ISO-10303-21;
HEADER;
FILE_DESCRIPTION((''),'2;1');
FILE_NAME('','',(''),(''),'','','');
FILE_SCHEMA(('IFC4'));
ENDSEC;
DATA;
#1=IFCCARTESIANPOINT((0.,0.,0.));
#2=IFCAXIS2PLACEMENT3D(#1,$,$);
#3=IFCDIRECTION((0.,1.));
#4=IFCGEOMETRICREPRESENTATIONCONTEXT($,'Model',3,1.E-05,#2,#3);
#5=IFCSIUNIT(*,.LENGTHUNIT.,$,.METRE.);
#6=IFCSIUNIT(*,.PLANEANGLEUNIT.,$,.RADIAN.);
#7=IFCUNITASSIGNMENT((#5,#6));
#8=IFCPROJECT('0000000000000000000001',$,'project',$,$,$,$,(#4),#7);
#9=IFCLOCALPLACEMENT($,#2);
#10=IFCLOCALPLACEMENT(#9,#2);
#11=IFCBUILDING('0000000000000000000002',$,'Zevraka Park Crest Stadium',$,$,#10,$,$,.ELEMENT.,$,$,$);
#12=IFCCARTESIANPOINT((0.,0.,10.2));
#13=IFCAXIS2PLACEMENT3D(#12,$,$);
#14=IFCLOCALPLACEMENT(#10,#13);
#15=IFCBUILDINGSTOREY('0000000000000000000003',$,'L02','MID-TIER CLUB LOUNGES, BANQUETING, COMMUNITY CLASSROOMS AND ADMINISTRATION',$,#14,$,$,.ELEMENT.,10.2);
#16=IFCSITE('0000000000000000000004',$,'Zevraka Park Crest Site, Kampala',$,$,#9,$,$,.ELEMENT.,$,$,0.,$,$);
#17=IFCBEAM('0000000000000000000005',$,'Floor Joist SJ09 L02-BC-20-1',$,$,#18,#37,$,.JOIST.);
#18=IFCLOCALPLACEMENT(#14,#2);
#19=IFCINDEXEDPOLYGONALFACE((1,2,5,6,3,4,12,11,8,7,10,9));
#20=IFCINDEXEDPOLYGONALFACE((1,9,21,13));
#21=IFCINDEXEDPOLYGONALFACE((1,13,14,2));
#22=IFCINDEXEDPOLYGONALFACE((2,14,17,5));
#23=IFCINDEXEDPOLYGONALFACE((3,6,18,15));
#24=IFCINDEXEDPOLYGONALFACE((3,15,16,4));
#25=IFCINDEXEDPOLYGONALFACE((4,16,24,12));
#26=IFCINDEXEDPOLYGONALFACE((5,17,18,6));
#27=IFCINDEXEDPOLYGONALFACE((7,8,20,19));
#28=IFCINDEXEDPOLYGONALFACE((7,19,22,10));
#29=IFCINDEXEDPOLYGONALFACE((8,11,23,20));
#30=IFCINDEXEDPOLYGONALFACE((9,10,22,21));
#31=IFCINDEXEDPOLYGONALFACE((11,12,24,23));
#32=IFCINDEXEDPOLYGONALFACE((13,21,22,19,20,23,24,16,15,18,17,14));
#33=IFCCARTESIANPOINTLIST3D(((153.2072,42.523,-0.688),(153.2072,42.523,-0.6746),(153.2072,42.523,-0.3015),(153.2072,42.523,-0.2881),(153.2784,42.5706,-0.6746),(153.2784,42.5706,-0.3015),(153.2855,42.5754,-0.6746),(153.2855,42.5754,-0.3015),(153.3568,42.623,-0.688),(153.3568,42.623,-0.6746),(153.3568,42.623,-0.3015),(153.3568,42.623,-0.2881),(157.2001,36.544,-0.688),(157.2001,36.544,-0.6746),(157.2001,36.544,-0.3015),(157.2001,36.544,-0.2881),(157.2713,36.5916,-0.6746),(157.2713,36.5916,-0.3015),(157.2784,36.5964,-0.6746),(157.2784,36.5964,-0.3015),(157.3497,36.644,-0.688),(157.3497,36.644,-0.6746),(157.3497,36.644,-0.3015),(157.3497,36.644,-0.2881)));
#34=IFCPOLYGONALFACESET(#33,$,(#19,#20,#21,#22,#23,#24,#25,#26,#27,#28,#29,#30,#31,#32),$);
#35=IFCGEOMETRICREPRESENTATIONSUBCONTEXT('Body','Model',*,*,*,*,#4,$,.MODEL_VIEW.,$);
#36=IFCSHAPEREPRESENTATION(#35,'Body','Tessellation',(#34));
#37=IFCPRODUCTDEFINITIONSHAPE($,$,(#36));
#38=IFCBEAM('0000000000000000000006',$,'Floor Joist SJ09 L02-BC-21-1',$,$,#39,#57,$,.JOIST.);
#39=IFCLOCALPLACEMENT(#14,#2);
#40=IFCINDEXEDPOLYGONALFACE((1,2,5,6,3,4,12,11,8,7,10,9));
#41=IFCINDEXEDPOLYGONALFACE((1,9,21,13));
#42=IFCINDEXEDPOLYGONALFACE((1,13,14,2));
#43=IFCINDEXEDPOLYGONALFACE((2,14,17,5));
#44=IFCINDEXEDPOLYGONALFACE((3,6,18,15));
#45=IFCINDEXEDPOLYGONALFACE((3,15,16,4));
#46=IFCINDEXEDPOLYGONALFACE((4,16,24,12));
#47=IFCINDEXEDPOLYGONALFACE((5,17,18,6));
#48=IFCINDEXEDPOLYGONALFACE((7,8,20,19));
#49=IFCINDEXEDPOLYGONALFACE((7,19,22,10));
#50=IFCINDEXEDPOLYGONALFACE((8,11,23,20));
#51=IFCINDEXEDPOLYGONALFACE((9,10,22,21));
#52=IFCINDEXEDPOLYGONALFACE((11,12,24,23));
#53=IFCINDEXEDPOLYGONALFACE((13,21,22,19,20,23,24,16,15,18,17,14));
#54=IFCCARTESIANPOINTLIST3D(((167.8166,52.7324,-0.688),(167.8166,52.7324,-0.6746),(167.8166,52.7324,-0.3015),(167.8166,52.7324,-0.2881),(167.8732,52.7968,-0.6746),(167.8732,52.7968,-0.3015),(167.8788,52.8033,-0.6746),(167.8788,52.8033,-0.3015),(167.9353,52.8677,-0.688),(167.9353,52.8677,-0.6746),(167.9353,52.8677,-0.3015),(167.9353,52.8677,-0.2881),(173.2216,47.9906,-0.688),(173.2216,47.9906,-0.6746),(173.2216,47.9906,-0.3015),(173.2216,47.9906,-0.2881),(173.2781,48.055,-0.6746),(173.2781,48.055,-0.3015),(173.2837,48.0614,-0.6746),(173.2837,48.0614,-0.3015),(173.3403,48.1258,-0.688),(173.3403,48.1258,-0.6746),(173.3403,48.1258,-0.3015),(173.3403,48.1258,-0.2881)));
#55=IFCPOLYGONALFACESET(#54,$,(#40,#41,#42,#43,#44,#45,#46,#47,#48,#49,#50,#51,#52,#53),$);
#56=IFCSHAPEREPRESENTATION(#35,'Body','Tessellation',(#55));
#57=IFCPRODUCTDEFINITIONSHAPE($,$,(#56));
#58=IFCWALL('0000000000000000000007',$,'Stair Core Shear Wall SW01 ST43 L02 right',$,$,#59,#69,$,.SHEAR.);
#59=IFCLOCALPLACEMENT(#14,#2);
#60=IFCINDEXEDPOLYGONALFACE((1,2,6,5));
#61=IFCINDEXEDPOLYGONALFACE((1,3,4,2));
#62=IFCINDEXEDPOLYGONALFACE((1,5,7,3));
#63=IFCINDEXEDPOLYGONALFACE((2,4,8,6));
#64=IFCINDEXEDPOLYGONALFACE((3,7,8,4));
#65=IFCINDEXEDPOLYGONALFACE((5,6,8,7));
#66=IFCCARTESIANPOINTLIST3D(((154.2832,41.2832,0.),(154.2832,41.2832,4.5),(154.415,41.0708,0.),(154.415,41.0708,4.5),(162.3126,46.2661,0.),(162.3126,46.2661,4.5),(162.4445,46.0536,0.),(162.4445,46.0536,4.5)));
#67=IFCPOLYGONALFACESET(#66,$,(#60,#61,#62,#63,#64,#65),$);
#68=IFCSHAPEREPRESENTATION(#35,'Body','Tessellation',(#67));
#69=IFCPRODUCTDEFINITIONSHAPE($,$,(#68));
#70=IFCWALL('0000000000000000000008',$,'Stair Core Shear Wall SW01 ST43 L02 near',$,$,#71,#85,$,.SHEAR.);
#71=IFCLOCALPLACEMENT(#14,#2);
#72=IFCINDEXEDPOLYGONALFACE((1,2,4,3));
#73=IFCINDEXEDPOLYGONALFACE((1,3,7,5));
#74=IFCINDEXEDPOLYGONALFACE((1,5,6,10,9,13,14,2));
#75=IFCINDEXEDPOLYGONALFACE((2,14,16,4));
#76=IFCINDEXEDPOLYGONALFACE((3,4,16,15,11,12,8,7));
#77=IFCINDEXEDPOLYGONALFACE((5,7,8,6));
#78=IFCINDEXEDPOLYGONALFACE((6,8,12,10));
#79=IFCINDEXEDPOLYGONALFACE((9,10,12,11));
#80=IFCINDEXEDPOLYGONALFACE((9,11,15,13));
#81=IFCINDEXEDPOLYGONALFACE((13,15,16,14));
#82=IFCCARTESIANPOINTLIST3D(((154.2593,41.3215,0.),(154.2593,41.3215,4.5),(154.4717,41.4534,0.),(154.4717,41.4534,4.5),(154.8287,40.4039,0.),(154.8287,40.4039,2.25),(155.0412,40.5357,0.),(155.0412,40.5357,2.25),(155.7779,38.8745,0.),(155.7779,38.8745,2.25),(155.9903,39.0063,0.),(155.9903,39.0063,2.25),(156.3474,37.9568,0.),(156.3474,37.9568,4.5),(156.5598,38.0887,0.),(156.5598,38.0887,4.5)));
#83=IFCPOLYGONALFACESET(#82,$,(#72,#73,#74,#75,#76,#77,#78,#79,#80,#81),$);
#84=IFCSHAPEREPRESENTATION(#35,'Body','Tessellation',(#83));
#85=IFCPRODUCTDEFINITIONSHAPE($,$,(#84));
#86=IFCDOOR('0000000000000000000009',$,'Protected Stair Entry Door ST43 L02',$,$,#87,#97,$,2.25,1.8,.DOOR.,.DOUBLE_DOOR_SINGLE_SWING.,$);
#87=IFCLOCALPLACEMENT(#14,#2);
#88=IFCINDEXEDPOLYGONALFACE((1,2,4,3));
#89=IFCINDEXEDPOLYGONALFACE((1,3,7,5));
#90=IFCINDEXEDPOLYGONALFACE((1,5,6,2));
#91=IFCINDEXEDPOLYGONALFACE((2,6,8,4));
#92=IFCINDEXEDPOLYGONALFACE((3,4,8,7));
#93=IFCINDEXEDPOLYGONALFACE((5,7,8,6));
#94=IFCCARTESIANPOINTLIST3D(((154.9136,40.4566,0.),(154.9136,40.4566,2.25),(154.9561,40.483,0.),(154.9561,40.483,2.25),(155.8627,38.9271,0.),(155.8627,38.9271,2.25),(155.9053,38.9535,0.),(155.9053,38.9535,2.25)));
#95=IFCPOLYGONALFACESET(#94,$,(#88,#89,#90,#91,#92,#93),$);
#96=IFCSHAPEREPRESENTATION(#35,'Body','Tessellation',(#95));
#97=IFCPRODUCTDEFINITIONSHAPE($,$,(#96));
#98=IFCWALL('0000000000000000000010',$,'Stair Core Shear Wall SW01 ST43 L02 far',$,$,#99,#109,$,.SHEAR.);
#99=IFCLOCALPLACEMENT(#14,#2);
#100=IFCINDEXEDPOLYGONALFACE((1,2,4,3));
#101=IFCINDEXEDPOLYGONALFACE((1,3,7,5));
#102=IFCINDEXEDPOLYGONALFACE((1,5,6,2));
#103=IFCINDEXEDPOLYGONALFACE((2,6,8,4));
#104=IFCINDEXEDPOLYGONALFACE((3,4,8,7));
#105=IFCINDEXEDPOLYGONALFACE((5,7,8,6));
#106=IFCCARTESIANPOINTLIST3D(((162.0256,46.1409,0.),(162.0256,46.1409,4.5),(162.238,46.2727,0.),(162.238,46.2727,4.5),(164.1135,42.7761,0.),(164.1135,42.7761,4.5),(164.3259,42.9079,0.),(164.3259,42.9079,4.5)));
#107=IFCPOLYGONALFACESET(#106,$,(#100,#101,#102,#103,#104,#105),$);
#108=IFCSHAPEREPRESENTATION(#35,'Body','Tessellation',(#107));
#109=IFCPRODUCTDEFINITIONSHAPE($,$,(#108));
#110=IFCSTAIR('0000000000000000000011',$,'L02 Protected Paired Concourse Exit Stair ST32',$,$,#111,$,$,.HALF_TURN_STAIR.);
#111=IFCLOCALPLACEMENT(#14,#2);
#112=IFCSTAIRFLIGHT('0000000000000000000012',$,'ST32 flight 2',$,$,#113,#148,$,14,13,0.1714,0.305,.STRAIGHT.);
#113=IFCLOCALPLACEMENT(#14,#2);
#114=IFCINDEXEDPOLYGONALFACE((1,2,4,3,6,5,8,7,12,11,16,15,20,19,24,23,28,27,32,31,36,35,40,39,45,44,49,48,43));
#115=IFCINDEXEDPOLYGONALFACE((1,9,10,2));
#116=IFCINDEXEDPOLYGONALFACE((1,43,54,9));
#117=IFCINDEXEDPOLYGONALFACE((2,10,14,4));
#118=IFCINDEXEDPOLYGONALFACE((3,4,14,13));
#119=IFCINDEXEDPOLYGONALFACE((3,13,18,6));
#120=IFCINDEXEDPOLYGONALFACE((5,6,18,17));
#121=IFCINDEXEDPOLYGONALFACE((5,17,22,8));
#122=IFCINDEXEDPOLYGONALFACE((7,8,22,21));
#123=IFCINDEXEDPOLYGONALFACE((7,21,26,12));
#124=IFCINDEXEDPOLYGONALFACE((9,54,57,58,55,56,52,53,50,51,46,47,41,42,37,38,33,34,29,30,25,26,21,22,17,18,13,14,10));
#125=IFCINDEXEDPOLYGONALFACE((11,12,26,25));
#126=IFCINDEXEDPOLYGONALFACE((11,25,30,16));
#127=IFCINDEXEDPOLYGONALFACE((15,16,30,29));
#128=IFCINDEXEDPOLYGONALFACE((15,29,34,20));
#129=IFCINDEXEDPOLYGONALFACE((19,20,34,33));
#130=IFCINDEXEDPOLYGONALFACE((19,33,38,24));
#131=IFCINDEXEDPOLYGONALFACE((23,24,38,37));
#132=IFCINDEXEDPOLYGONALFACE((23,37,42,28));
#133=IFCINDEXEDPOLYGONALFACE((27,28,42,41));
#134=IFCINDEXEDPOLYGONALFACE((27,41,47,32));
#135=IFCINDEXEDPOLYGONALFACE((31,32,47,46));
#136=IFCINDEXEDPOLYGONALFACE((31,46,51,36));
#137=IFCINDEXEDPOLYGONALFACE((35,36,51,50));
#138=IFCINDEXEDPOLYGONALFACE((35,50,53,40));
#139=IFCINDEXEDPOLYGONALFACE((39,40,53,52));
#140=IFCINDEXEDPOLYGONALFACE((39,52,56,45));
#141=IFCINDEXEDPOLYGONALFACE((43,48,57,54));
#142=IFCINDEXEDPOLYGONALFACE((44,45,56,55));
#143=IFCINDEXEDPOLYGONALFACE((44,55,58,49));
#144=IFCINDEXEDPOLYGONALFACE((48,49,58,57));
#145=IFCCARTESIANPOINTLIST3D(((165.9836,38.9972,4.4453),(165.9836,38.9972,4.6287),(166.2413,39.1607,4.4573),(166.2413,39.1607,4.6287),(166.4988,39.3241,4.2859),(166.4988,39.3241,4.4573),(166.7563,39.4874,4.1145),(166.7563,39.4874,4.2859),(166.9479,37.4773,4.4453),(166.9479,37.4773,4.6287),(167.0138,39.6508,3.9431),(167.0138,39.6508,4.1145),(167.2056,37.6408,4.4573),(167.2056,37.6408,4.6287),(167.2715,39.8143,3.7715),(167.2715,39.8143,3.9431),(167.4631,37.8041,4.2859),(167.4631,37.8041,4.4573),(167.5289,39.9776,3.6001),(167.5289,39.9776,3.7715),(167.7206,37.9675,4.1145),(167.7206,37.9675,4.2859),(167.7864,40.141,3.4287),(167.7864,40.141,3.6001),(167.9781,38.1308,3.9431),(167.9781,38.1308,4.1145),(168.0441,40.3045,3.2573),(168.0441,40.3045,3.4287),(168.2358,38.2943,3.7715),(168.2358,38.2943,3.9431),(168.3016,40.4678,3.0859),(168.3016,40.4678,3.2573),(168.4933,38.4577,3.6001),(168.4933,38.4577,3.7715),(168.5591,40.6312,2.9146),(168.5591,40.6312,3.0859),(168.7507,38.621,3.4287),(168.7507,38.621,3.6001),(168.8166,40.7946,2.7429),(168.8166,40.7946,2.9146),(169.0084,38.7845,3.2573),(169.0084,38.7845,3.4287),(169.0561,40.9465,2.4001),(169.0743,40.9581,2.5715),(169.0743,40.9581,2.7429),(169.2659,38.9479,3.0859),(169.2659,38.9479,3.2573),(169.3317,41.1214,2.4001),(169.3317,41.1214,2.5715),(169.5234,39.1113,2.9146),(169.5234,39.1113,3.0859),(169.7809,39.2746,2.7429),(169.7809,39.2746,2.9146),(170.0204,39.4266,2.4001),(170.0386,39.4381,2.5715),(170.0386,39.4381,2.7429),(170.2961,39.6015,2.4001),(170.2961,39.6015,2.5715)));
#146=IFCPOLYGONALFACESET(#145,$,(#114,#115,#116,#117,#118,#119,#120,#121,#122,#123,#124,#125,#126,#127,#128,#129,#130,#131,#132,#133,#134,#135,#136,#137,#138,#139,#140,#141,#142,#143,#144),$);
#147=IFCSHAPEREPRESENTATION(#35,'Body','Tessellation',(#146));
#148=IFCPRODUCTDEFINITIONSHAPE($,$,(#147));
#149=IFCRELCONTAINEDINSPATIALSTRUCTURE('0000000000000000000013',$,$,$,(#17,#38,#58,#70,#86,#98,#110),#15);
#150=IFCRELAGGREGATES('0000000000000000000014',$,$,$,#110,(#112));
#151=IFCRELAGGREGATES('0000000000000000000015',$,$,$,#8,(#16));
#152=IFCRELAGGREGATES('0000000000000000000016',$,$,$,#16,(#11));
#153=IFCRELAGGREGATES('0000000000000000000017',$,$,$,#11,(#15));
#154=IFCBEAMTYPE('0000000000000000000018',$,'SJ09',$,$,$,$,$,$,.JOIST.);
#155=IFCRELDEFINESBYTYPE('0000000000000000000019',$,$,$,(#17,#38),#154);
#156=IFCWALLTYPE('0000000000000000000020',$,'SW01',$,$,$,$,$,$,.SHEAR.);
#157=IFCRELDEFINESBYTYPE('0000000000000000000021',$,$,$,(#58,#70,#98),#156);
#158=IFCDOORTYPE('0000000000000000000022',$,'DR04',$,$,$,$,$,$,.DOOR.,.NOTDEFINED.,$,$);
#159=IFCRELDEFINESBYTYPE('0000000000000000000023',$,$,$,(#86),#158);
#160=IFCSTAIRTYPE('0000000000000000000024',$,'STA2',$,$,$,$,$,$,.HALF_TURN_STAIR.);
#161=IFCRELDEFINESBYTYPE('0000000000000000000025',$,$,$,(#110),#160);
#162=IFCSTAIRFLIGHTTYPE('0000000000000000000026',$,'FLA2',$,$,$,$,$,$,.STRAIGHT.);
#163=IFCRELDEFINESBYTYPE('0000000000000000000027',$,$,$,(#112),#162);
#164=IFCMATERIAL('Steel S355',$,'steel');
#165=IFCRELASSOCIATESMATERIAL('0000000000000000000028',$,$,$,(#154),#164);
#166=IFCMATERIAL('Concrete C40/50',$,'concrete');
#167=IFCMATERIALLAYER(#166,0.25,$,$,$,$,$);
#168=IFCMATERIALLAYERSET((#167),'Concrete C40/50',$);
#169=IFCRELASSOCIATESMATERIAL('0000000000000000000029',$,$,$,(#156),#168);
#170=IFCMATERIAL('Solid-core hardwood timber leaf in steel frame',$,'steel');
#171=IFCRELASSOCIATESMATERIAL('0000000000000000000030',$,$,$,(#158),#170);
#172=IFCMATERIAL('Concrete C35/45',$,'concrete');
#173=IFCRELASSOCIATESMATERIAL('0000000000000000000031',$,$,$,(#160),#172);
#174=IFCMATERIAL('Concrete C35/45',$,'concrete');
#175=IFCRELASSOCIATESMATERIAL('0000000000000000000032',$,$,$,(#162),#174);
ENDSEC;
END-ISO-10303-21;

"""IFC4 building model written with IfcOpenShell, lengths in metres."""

from ifc_helpers import new_model, si_unit, direction, frame, frame_2d, origin, origin_2d, place, context, subcontext, project, spatial, polyline, rectangle, i_section, outline, extrude, material, layer, layer_set, material_profile, profile_set, type_object, element, fill, aggregate, save


model = new_model("IFC4")

# Units and contexts
model_context = context("Model", 3, precision=1e-05, world=origin(), true_north=direction((0.0, 1.0)))
body_context = subcontext(model_context, "Body", "Model", "MODEL_VIEW")
ifc_project = project(units=[si_unit("LENGTHUNIT", "METRE"), si_unit("PLANEANGLEUNIT", "RADIAN")], contexts=[model_context])

# Site, building, storey
site_placement = place(None, origin())
site = spatial("IfcSite", under=ifc_project, at=site_placement, Name="Zevraka Park Crest Site, Kampala", CompositionType="ELEMENT", RefElevation=0.0)
building_placement = place(site_placement, origin())
building = spatial("IfcBuilding", under=site, at=building_placement, Name="Zevraka Park Crest Stadium", CompositionType="ELEMENT")
storey_placement = place(building_placement, frame((0.0, 0.0, 10.2)))
storey = spatial("IfcBuildingStorey", under=building, at=storey_placement, Name="L02", Description="MID-TIER CLUB LOUNGES, BANQUETING, COMMUNITY CLASSROOMS AND ADMINISTRATION", CompositionType="ELEMENT", Elevation=10.2)

# Beams
ifc_material_1 = material(Name="Steel S355", Category="steel")
ifc_material_profile_1 = material_profile(ifc_material_1, i_section(OverallWidth=0.1799, OverallDepth=0.3999, WebThickness=0.0085, FlangeThickness=0.0134, at=origin_2d()), Name="IPE 400")
ifc_profile_set_1 = profile_set([ifc_material_profile_1], Name="Steel S355")
beam_type_1 = type_object("IfcBeamType", Name="SJ09", PredefinedType="JOIST", material=ifc_profile_set_1)
beam_1_placement = place(storey_placement, frame((153.282, 42.573, -0.488), z_axis=(0.555366, -0.831606, 0.0), x_axis=(0.831606, 0.555366, 0.0)))
element("IfcBeam", 1, at=beam_1_placement, inside=storey, type_object=beam_type_1, Name="Floor Joist SJ09 L02-BC-20-1", PredefinedType="JOIST", context=body_context, shape_type="SweptSolid", body=[
    extrude(i_section(OverallWidth=0.1799, OverallDepth=0.3999, WebThickness=0.0085, FlangeThickness=0.0134, at=origin_2d()), origin(), (0.0, 0.0, 1.0), 7.1897),
])
beam_2_placement = place(storey_placement, frame((167.876, 52.8, -0.488), z_axis=(0.751712, -0.659492, 0.0), x_axis=(0.659492, 0.751712, 0.0)))
element("IfcBeam", 2, at=beam_2_placement, inside=storey, type_object=beam_type_1, Name="Floor Joist SJ09 L02-BC-21-1", PredefinedType="JOIST", context=body_context, shape_type="SweptSolid", body=[
    extrude(i_section(OverallWidth=0.1799, OverallDepth=0.3999, WebThickness=0.0085, FlangeThickness=0.0134, at=origin_2d()), origin(), (0.0, 0.0, 1.0), 7.1902),
])

# Wall
ifc_material_2 = material(Name="Concrete C40/50", Category="concrete")
ifc_layer = layer(ifc_material_2, 0.25)
ifc_layer_set = layer_set([ifc_layer], Name="Concrete C40/50")
wall_type = type_object("IfcWallType", Name="SW01", PredefinedType="SHEAR", material=ifc_layer_set)
wall_1_placement = place(storey_placement, frame((162.3787, 46.1599, 0.0), z_axis=(0.0, 0.0, 1.0), x_axis=(-0.849685, -0.527291, 0.0)))
element("IfcWall", 3, at=wall_1_placement, inside=storey, type_object=wall_type, Name="Stair Core Shear Wall SW01 ST43 L02 right", PredefinedType="SHEAR", context=body_context, shape_type="SweptSolid", body=[
    extrude(rectangle(XDim=9.45, YDim=0.25, at=frame_2d((4.7251, 0.0))), origin(), (0.0, 0.0, 1.0), 4.5),
])

# Wall, opening, door
wall_2_placement = place(storey_placement, frame((154.3655, 41.3875, 0.0), z_axis=(0.0, 0.0, 1.0), x_axis=(0.527303, -0.849677, 0.0)))
wall_2 = element("IfcWall", 4, at=wall_2_placement, inside=storey, type_object=wall_type, Name="Stair Core Shear Wall SW01 ST43 L02 near", PredefinedType="SHEAR", context=body_context, shape_type="SweptSolid", body=[
    extrude(rectangle(XDim=3.96, YDim=0.25, at=frame_2d((1.98, 0.0))), origin(), (0.0, 0.0, 1.0), 4.5),
])
opening_placement = place(wall_2_placement, frame((1.0801, 0.0, 0.0)))
opening = element("IfcOpeningElement", 5, at=opening_placement, cuts=wall_2, PredefinedType="OPENING", context=body_context, shape_type="SweptSolid", body=[
    extrude(rectangle(XDim=1.8, YDim=2.25, at=frame_2d((0.8999, 1.125))), frame((0.0, 0.135, 0.0), z_axis=(0.0, -1.0, 0.0), x_axis=(1.0, 0.0, 0.0)), (0.0, 0.0, 1.0), 0.27),
])
ifc_material_3 = material(Name="Solid-core hardwood timber leaf in steel frame", Category="steel")
door_type = type_object("IfcDoorType", Name="DR04", OperationType="NOTDEFINED", PredefinedType="DOOR", material=ifc_material_3)
door_placement = place(opening_placement, origin())
door = element("IfcDoor", 6, at=door_placement, inside=storey, type_object=door_type, Name="Protected Stair Entry Door ST43 L02", OperationType="DOUBLE_DOOR_SINGLE_SWING", OverallHeight=2.25, OverallWidth=1.8, PredefinedType="DOOR", context=body_context, shape_type="SweptSolid", body=[
    extrude(rectangle(XDim=1.8, YDim=2.25, at=frame_2d((0.8999, 1.125))), frame((0.0, 0.0249, 0.0), z_axis=(0.0, -1.0, 0.0), x_axis=(1.0, 0.0, 0.0)), (0.0, 0.0, 1.0), 0.05),
])
fill(opening, door)

# Wall
wall_3_placement = place(storey_placement, frame((164.2197, 42.842, 0.0), z_axis=(0.0, 0.0, 1.0), x_axis=(-0.527258, 0.849705, 0.0)))
element("IfcWall", 7, at=wall_3_placement, inside=storey, type_object=wall_type, Name="Stair Core Shear Wall SW01 ST43 L02 far", PredefinedType="SHEAR", context=body_context, shape_type="SweptSolid", body=[
    extrude(rectangle(XDim=3.96, YDim=0.25, at=frame_2d((1.98, 0.0))), origin(), (0.0, 0.0, 1.0), 4.5),
])

# Stair, stair flight
ifc_material_4 = material(Name="Concrete C35/45", Category="concrete")
stair_type = type_object("IfcStairType", Name="STA2", PredefinedType="HALF_TURN_STAIR", material=ifc_material_4)
stair_placement = place(storey_placement, origin())
stair = element("IfcStair", 8, at=stair_placement, inside=storey, type_object=stair_type, Name="L02 Protected Paired Concourse Exit Stair ST32", PredefinedType="HALF_TURN_STAIR")
ifc_material_5 = material(Name="Concrete C35/45", Category="concrete")
stair_flight_type = type_object("IfcStairFlightType", Name="FLA2", PredefinedType="STRAIGHT", material=ifc_material_5)
stair_flight_placement = place(storey_placement, frame((169.814, 40.3613, 2.4001), z_axis=(0.0, 0.0, 1.0), x_axis=(-0.844397, -0.535718, 0.0)))
stair_flight = element("IfcStairFlight", 9, at=stair_flight_placement, type_object=stair_flight_type, Name="ST32 flight 2", NumberOfRisers=14, NumberOfTreads=13, PredefinedType="STRAIGHT", RiserHeight=0.1714, TreadLength=0.305, context=body_context, shape_type="SweptSolid", body=[
    extrude(outline(polyline([(0.0, 0.0), (0.0, 0.1714), (0.3049, 0.1714), (0.3049, 0.3428), (0.6101, 0.3428), (0.6101, 0.5144), (0.915, 0.5144), (0.915, 0.6858), (1.22, 0.6858), (1.22, 0.8572), (1.5249, 0.8572), (1.5249, 1.0286), (1.8301, 1.0286), (1.8301, 1.2), (2.135, 1.2), (2.135, 1.3713), (2.4399, 1.3713), (2.4399, 1.543), (2.7451, 1.543), (2.7451, 1.7144), (3.05, 1.7144), (3.05, 1.8857), (3.355, 1.8857), (3.355, 2.0571), (3.6599, 2.0571), (3.6599, 2.2285), (3.9651, 2.2285), (3.9651, 2.3999), (3.9651, 2.0452), (0.3264, 0.0), (0.0, 0.0)])), frame((0.0, 0.8999, 0.0), z_axis=(0.0, -1.0, 0.0), x_axis=(1.0, 0.0, 0.0)), (0.0, 0.0, 1.0), 1.8),
])
aggregate(stair, [stair_flight])

save(model, "model.ifc")
